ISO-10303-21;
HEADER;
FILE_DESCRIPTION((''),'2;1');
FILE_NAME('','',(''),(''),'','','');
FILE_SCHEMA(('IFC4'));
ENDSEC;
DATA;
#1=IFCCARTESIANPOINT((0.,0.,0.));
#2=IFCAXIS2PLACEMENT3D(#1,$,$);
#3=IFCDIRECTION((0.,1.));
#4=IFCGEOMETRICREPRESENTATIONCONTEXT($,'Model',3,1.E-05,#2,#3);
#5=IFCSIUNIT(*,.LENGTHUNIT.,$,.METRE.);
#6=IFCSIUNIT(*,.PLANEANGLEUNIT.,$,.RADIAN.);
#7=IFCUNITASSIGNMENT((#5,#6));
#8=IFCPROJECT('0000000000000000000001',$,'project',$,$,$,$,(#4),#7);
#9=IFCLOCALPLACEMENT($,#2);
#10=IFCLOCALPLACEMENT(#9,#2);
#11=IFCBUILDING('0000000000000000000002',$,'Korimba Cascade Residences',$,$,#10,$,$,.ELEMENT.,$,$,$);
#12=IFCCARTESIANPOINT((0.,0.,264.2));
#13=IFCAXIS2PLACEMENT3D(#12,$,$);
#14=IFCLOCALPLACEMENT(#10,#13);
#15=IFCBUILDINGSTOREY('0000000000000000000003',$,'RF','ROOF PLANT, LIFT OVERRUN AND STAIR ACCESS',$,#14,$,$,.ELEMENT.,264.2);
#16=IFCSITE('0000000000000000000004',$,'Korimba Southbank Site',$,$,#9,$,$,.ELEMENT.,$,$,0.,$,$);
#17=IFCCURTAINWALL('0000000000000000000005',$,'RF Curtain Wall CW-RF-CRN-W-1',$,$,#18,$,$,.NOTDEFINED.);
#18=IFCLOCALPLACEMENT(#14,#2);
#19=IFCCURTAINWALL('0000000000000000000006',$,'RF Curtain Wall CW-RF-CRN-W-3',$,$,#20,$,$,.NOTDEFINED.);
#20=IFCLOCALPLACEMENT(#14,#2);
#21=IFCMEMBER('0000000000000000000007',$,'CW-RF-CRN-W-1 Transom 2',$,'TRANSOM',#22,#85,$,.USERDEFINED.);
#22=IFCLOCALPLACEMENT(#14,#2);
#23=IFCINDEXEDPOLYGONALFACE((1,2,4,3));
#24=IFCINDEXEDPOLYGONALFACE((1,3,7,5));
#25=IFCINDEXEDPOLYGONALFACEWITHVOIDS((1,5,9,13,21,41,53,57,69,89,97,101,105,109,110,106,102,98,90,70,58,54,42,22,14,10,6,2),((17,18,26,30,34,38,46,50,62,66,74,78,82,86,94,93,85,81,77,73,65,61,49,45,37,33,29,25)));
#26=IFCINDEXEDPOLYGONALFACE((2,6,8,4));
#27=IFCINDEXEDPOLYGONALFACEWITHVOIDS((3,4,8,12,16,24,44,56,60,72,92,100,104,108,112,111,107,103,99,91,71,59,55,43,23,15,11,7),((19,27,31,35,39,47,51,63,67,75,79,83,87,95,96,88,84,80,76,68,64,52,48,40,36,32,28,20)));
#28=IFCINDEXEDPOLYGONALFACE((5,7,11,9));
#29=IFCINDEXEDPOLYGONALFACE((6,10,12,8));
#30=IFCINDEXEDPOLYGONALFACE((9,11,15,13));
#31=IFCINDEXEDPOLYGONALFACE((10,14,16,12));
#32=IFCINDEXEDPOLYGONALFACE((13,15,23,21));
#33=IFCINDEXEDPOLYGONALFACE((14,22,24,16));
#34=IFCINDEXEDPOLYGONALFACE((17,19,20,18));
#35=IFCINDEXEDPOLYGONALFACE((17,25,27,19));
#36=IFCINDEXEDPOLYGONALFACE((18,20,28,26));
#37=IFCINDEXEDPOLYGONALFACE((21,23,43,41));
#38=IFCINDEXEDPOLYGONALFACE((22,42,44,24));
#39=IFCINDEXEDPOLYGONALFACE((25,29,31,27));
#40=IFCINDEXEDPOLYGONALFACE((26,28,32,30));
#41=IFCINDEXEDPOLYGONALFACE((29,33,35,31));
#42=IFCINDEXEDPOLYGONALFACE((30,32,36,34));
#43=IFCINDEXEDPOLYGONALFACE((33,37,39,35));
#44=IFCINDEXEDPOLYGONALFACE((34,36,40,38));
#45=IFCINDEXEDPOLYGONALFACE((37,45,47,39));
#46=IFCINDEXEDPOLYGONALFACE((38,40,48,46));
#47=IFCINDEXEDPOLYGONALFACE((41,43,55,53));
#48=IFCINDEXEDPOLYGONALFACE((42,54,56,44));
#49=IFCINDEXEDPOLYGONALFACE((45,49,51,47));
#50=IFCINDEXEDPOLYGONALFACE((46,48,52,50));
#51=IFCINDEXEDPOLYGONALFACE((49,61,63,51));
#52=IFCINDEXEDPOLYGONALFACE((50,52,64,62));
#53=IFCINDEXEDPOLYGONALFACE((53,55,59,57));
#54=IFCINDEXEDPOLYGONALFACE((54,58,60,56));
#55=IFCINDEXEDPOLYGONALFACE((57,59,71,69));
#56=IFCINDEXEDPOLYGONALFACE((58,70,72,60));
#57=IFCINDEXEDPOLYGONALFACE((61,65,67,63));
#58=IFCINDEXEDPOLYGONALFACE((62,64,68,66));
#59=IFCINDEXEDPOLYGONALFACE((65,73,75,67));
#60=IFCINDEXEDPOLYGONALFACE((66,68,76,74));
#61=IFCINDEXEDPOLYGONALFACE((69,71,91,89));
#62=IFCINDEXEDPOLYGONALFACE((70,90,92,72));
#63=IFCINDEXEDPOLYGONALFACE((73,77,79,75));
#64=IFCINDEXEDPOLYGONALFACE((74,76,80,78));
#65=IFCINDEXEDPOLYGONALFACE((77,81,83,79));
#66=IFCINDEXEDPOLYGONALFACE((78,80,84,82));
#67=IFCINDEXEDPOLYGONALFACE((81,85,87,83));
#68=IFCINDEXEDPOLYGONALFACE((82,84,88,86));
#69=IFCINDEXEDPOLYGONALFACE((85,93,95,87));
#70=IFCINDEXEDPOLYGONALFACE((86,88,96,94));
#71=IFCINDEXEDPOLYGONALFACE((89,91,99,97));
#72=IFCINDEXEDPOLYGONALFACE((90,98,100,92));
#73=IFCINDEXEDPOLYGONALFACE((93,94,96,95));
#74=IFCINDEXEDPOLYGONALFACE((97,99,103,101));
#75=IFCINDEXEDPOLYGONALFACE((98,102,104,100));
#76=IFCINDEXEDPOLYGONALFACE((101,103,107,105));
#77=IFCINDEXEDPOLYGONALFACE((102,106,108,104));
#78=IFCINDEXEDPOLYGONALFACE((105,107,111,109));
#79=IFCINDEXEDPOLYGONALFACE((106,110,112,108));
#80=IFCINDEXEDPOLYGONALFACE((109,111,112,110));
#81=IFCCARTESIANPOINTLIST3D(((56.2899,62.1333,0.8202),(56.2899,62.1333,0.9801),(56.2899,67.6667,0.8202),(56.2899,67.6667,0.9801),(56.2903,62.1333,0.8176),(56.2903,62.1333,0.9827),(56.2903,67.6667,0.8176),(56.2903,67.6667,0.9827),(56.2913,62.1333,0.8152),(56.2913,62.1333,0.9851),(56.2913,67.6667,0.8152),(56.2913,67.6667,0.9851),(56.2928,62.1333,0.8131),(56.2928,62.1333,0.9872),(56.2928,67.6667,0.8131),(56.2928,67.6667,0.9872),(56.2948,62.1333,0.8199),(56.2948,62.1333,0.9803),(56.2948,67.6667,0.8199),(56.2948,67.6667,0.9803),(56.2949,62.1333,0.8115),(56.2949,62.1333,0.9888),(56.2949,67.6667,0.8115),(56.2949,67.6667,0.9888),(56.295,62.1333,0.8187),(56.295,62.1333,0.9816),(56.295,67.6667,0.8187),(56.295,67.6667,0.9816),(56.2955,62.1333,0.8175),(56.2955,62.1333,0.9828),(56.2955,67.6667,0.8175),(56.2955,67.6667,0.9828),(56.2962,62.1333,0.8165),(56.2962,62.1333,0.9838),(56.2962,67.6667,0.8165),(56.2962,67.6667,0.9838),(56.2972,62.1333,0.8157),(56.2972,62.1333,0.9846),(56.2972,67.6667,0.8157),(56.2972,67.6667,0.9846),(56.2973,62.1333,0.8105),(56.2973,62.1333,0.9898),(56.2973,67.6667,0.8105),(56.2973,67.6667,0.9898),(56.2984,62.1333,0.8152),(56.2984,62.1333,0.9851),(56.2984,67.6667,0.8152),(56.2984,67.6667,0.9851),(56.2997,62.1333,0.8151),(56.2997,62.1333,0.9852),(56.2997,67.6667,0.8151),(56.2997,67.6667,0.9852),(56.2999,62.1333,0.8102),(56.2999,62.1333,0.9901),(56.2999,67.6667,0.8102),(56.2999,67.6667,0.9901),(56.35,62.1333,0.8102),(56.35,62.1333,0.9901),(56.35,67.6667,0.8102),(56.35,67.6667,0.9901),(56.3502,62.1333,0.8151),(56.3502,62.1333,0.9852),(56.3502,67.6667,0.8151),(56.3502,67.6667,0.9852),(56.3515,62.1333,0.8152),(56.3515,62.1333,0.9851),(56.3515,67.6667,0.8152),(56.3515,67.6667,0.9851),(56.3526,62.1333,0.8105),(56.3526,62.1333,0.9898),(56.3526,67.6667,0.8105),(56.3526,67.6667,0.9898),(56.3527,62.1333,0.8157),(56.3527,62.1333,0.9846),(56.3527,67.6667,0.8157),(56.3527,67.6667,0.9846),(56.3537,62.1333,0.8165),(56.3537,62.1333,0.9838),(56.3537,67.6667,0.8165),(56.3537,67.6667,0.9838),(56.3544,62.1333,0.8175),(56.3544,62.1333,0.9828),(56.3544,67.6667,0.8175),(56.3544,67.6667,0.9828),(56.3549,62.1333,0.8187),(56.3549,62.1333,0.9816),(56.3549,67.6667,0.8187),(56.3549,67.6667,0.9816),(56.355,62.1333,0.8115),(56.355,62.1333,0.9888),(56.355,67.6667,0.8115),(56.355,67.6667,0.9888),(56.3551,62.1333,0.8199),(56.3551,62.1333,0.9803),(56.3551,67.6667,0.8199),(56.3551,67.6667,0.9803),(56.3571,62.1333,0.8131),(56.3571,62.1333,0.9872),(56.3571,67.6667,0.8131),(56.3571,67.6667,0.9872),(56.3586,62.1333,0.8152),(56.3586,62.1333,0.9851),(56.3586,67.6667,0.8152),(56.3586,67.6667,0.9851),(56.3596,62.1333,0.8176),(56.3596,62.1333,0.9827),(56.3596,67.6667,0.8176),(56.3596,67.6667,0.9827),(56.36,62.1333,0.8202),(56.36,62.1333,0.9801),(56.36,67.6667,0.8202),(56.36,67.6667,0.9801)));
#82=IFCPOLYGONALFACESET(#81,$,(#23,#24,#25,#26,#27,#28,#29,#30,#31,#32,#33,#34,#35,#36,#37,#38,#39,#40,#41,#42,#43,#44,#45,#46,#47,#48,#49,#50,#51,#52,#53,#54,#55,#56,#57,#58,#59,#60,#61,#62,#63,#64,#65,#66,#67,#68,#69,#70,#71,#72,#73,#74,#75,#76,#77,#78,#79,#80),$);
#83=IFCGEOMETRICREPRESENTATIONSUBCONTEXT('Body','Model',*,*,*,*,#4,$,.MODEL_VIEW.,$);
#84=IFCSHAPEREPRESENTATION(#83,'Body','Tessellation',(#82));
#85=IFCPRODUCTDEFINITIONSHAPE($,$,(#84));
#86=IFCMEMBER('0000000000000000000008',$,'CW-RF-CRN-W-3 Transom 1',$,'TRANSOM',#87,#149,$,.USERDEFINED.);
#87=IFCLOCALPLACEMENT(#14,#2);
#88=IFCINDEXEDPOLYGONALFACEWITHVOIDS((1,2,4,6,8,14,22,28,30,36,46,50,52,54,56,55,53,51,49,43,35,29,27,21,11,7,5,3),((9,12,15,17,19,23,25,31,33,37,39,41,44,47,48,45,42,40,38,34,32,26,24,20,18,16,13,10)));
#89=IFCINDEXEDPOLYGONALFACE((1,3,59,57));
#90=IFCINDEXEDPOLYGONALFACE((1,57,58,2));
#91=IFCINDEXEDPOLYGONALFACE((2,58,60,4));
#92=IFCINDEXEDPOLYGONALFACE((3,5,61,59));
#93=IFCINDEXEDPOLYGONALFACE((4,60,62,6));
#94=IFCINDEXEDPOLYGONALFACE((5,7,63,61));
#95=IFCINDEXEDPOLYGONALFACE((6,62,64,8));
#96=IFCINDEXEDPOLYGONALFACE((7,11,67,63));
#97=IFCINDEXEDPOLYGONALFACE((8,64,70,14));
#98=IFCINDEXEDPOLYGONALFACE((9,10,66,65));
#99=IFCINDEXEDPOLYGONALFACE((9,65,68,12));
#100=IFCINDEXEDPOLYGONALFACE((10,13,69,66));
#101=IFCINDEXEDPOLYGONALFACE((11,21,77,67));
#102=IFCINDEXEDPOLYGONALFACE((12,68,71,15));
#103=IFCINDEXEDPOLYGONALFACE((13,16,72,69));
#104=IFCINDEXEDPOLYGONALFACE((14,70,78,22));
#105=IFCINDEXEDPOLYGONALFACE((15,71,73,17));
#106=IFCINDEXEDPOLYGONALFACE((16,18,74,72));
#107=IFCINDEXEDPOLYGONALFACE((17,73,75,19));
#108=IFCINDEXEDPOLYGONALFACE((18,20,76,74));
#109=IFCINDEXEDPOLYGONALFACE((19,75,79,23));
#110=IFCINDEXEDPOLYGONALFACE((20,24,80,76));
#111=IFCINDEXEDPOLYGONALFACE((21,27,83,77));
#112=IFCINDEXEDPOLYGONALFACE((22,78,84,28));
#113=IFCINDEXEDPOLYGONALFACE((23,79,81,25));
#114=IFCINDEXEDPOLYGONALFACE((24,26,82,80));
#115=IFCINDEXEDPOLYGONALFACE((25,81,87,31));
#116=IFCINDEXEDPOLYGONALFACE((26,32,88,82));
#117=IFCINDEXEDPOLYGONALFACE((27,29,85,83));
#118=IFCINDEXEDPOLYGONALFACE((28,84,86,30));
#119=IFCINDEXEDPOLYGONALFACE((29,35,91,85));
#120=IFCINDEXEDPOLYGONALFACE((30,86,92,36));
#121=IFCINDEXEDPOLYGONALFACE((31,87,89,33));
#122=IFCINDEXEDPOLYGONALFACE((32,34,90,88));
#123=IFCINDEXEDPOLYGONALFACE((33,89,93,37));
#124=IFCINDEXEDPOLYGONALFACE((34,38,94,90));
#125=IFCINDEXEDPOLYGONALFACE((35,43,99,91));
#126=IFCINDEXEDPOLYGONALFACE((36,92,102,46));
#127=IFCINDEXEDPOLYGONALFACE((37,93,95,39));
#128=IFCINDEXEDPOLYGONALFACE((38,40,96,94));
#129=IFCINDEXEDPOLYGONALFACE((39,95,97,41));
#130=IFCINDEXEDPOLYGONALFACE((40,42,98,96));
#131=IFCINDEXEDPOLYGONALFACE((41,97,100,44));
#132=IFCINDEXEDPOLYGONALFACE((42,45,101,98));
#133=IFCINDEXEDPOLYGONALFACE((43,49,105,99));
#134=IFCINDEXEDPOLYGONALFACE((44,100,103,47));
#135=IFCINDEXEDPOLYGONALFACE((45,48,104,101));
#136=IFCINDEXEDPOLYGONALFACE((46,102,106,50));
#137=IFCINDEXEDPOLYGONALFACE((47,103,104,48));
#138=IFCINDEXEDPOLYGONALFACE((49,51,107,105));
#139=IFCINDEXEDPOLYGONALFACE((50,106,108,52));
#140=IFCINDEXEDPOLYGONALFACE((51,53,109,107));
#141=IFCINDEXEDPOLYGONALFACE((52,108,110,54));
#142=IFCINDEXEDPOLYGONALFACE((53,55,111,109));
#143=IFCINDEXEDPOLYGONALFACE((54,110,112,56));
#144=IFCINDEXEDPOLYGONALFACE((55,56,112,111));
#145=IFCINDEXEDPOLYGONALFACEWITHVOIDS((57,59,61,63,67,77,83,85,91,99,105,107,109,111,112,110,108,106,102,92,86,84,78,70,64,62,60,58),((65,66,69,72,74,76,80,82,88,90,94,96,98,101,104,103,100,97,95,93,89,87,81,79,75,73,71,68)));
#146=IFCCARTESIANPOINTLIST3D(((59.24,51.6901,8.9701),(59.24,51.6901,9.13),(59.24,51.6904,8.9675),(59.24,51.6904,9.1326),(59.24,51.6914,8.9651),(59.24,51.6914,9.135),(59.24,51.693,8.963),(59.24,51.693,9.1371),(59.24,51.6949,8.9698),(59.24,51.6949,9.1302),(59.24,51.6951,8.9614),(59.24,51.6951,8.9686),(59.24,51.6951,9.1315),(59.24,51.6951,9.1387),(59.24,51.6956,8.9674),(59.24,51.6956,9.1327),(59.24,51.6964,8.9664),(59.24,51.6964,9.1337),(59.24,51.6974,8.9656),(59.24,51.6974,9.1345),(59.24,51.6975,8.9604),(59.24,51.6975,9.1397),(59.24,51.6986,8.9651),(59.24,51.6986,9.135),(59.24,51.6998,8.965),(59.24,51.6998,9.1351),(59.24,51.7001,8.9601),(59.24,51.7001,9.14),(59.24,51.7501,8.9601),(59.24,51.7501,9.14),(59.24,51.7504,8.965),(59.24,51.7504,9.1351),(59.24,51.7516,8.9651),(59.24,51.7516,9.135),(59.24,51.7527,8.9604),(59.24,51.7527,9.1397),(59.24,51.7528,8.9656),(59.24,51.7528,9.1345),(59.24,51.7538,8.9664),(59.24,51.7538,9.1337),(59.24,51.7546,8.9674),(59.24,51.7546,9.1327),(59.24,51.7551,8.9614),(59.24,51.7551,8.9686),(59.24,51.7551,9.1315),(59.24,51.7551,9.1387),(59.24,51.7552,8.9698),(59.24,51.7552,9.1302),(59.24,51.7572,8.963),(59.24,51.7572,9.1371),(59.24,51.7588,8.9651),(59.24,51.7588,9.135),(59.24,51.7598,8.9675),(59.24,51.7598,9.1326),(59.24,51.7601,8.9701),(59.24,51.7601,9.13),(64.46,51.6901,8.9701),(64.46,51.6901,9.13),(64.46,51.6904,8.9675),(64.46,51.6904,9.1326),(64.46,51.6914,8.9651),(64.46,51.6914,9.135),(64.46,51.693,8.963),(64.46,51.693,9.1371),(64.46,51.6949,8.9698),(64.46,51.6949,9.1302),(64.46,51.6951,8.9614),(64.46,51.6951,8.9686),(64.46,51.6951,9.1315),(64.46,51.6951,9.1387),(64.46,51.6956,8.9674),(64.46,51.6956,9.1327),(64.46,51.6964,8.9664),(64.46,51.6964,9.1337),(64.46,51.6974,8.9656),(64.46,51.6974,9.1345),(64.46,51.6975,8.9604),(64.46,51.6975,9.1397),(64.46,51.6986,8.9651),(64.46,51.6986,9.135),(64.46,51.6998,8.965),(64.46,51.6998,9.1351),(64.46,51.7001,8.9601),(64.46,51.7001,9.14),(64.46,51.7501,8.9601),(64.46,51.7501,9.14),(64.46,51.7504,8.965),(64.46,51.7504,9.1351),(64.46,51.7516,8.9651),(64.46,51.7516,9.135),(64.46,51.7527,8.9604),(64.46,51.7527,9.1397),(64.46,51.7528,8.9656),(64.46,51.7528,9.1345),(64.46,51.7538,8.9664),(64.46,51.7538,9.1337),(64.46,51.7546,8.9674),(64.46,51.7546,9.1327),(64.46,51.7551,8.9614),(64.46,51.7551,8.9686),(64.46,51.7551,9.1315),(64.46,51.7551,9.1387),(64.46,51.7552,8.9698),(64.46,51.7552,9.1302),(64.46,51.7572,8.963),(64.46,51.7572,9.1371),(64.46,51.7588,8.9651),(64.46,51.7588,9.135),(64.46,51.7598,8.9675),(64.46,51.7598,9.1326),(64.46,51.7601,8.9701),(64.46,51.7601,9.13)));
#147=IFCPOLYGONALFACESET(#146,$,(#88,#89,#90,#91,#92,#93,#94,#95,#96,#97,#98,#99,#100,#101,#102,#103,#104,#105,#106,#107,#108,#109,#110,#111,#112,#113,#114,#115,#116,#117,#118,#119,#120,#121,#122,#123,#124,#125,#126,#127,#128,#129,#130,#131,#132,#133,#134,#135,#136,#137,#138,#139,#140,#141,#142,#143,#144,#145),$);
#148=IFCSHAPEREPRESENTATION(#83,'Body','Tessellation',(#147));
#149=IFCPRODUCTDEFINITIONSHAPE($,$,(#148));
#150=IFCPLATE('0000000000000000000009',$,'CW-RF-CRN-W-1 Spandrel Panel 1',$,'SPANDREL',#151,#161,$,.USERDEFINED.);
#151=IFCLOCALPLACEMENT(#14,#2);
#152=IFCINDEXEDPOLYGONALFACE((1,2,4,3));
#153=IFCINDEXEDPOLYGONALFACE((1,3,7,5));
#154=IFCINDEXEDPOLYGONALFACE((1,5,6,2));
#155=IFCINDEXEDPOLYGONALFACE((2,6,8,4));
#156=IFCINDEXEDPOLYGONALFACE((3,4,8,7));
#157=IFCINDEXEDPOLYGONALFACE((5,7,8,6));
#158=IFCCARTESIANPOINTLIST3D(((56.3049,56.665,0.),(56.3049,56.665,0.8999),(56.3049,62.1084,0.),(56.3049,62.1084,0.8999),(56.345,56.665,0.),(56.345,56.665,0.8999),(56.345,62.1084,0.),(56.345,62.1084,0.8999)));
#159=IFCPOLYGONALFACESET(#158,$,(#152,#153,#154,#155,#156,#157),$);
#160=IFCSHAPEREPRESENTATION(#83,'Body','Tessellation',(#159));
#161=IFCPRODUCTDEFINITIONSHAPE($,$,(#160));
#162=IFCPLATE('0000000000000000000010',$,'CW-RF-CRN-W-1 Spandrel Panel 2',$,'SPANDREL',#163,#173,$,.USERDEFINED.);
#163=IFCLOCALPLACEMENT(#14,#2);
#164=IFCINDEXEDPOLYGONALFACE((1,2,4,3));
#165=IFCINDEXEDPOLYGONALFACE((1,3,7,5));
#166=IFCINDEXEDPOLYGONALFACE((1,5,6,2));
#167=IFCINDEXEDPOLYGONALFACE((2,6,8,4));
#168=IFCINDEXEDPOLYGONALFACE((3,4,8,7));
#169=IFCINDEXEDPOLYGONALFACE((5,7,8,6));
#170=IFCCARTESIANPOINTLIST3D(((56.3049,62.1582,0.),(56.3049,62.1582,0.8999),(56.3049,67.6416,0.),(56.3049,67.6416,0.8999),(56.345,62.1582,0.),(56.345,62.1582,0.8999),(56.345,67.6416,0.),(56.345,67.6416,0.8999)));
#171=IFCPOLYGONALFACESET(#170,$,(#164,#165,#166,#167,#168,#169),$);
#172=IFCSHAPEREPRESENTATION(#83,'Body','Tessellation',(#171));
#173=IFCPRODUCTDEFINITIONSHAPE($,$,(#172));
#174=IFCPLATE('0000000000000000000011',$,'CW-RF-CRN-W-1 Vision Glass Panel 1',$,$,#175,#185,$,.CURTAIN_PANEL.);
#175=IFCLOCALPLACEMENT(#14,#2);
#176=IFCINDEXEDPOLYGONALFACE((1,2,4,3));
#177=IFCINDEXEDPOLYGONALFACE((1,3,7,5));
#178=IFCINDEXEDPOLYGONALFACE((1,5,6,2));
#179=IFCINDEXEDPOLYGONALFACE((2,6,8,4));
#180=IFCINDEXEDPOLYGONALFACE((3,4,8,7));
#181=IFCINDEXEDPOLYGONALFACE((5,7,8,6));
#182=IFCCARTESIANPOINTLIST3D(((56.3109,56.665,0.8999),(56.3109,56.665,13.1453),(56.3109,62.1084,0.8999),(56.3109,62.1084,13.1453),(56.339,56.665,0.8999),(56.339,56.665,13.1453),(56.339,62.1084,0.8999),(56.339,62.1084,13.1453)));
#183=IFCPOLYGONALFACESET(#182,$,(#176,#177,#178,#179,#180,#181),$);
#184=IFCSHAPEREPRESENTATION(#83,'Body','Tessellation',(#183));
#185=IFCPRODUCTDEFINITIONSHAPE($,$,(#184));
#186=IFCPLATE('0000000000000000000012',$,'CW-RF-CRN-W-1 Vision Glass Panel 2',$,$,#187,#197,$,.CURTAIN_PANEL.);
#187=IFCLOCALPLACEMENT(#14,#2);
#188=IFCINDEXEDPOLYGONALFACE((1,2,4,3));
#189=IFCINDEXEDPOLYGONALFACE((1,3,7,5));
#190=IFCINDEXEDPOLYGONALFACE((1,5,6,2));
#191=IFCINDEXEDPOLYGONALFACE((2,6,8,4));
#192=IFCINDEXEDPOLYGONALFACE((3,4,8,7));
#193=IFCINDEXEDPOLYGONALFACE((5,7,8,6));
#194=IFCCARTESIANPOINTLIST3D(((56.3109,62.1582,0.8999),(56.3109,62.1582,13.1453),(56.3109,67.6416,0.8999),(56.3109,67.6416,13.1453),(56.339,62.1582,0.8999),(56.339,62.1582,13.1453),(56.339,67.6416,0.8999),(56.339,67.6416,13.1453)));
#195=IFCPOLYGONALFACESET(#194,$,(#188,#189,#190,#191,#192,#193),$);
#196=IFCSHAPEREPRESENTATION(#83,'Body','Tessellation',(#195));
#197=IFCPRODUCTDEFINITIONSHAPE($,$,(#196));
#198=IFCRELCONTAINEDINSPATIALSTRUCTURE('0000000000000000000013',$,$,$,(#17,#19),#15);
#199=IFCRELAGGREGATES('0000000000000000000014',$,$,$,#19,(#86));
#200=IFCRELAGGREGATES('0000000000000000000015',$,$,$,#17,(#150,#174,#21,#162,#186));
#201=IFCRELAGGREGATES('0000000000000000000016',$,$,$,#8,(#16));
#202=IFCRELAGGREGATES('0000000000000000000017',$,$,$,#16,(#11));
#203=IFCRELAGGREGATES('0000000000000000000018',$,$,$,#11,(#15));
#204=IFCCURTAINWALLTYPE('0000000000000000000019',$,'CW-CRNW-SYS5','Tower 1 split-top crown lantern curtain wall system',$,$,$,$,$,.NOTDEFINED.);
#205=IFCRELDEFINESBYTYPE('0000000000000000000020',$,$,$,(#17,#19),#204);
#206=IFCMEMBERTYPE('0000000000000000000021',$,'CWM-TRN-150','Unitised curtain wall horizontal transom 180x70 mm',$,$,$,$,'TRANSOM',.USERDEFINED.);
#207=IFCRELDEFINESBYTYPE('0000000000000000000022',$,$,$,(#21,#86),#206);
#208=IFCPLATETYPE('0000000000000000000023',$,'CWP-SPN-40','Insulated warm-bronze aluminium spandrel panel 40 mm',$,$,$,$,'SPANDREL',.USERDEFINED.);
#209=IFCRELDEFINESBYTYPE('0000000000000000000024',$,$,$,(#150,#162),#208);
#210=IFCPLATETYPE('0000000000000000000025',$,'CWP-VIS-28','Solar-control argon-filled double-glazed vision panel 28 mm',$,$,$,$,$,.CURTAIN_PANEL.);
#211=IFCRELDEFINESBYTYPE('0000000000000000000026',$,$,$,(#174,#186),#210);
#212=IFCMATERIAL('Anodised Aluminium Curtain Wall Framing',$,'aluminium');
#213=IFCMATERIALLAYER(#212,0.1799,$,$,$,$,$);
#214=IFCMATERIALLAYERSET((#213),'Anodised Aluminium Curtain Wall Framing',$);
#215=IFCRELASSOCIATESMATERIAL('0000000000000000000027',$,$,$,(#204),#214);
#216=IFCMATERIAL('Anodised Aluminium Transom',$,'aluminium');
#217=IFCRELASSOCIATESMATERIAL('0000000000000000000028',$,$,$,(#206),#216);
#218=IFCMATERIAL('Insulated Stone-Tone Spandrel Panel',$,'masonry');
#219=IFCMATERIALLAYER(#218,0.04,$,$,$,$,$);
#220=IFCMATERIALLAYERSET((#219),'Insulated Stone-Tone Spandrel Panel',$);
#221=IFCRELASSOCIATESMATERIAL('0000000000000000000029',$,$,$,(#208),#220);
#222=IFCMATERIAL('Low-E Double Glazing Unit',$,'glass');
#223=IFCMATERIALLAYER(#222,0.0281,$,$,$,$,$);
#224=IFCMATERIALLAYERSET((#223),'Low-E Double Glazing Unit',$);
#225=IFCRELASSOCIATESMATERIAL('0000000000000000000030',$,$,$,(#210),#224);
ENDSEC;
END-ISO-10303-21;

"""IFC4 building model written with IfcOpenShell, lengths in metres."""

from ifc_helpers import new_model, si_unit, direction, frame, origin, origin_2d, place, context, subcontext, project, spatial, rectangle, hollow_rectangle, extrude, material, layer, layer_set, material_profile, profile_set, type_object, element, aggregate, save


model = new_model("IFC4")

# Units and contexts
model_context = context("Model", 3, precision=1e-05, world=origin(), true_north=direction((0.0, 1.0)))
body_context = subcontext(model_context, "Body", "Model", "MODEL_VIEW")
ifc_project = project(units=[si_unit("LENGTHUNIT", "METRE"), si_unit("PLANEANGLEUNIT", "RADIAN")], contexts=[model_context])

# Site, building, storey
site_placement = place(None, origin())
site = spatial("IfcSite", under=ifc_project, at=site_placement, Name="Korimba Southbank Site", CompositionType="ELEMENT", RefElevation=0.0)
building_placement = place(site_placement, origin())
building = spatial("IfcBuilding", under=site, at=building_placement, Name="Korimba Cascade Residences", CompositionType="ELEMENT")
storey_placement = place(building_placement, frame((0.0, 0.0, 264.2)))
storey = spatial("IfcBuildingStorey", under=building, at=storey_placement, Name="RF", Description="ROOF PLANT, LIFT OVERRUN AND STAIR ACCESS", CompositionType="ELEMENT", Elevation=264.2)

# Curtain wall
ifc_material_1 = material(Name="Anodised Aluminium Curtain Wall Framing", Category="aluminium")
ifc_layer_1 = layer(ifc_material_1, 0.1799)
ifc_layer_set_1 = layer_set([ifc_layer_1], Name="Anodised Aluminium Curtain Wall Framing")
curtain_wall_type = type_object("IfcCurtainWallType", Name="CW-CRNW-SYS5", Description="Tower 1 split-top crown lantern curtain wall system", PredefinedType="NOTDEFINED", material=ifc_layer_set_1)
curtain_wall_1_placement = place(storey_placement, origin())
curtain_wall_1 = element("IfcCurtainWall", 1, at=curtain_wall_1_placement, inside=storey, type_object=curtain_wall_type, Name="RF Curtain Wall CW-RF-CRN-W-1", PredefinedType="NOTDEFINED")

# Curtain wall
curtain_wall_2_placement = place(storey_placement, origin())
curtain_wall_2 = element("IfcCurtainWall", 2, at=curtain_wall_2_placement, inside=storey, type_object=curtain_wall_type, Name="RF Curtain Wall CW-RF-CRN-W-3", PredefinedType="NOTDEFINED")

# Members
ifc_material_2 = material(Name="Anodised Aluminium Transom", Category="aluminium")
ifc_material_profile_1 = material_profile(ifc_material_2, hollow_rectangle(XDim=0.0701, YDim=0.1799, WallThickness=0.0049, InnerFilletRadius=0.0049, OuterFilletRadius=0.01, at=origin_2d()), Name="Anodised Aluminium Transom")
ifc_profile_set_1 = profile_set([ifc_material_profile_1], Name="Anodised Aluminium Transom")
member_type_1 = type_object("IfcMemberType", Name="CWM-TRN-150", Description="Unitised curtain wall horizontal transom 180x70 mm", ElementType="TRANSOM", PredefinedType="USERDEFINED", material=ifc_profile_set_1)
member_1_placement = place(storey_placement, frame((56.325, 62.1333, 0.9001), z_axis=(0.0, 1.0, 0.0), x_axis=(-1.0, 0.0, 0.0)))
member_1 = element("IfcMember", 3, at=member_1_placement, type_object=member_type_1, Name="CW-RF-CRN-W-1 Transom 2", ObjectType="TRANSOM", PredefinedType="USERDEFINED", context=body_context, shape_type="SweptSolid", body=[
    extrude(hollow_rectangle(XDim=0.0701, YDim=0.1799, WallThickness=0.0049, InnerFilletRadius=0.0049, OuterFilletRadius=0.01, at=origin_2d()), origin(), (0.0, 0.0, 1.0), 5.5334),
])
member_2_placement = place(storey_placement, frame((59.24, 51.7251, 9.05), z_axis=(1.0, 0.0, 0.0), x_axis=(0.0, 1.0, 0.0)))
member_2 = element("IfcMember", 4, at=member_2_placement, type_object=member_type_1, Name="CW-RF-CRN-W-3 Transom 1", ObjectType="TRANSOM", PredefinedType="USERDEFINED", context=body_context, shape_type="SweptSolid", body=[
    extrude(hollow_rectangle(XDim=0.0701, YDim=0.1799, WallThickness=0.0049, InnerFilletRadius=0.0049, OuterFilletRadius=0.01, at=origin_2d()), origin(), (0.0, 0.0, 1.0), 5.22),
])
aggregate(curtain_wall_2, [member_2])

# Plates
ifc_material_3 = material(Name="Insulated Stone-Tone Spandrel Panel", Category="masonry")
ifc_layer_2 = layer(ifc_material_3, 0.04)
ifc_layer_set_2 = layer_set([ifc_layer_2], Name="Insulated Stone-Tone Spandrel Panel")
plate_type_1 = type_object("IfcPlateType", Name="CWP-SPN-40", Description="Insulated warm-bronze aluminium spandrel panel 40 mm", ElementType="SPANDREL", PredefinedType="USERDEFINED", material=ifc_layer_set_2)
plate_1_placement = place(storey_placement, frame((56.325, 59.3867, 0.0), z_axis=(0.0, 0.0, 1.0), x_axis=(0.0, 1.0, 0.0)))
plate_1 = element("IfcPlate", 5, at=plate_1_placement, type_object=plate_type_1, Name="CW-RF-CRN-W-1 Spandrel Panel 1", ObjectType="SPANDREL", PredefinedType="USERDEFINED", context=body_context, shape_type="SweptSolid", body=[
    extrude(rectangle(XDim=5.4434, YDim=0.04, at=origin_2d()), origin(), (0.0, 0.0, 1.0), 0.8999),
])
plate_2_placement = place(storey_placement, frame((56.325, 64.8999, 0.0), z_axis=(0.0, 0.0, 1.0), x_axis=(0.0, 1.0, 0.0)))
plate_2 = element("IfcPlate", 6, at=plate_2_placement, type_object=plate_type_1, Name="CW-RF-CRN-W-1 Spandrel Panel 2", ObjectType="SPANDREL", PredefinedType="USERDEFINED", context=body_context, shape_type="SweptSolid", body=[
    extrude(rectangle(XDim=5.4834, YDim=0.04, at=origin_2d()), origin(), (0.0, 0.0, 1.0), 0.8999),
])
ifc_material_4 = material(Name="Low-E Double Glazing Unit", Category="glass")
ifc_layer_3 = layer(ifc_material_4, 0.0281)
ifc_layer_set_3 = layer_set([ifc_layer_3], Name="Low-E Double Glazing Unit")
plate_type_2 = type_object("IfcPlateType", Name="CWP-VIS-28", Description="Solar-control argon-filled double-glazed vision panel 28 mm", PredefinedType="CURTAIN_PANEL", material=ifc_layer_set_3)
plate_3_placement = place(storey_placement, frame((56.325, 59.3867, 0.8999), z_axis=(0.0, 0.0, 1.0), x_axis=(0.0, 1.0, 0.0)))
plate_3 = element("IfcPlate", 7, at=plate_3_placement, type_object=plate_type_2, Name="CW-RF-CRN-W-1 Vision Glass Panel 1", PredefinedType="CURTAIN_PANEL", context=body_context, shape_type="SweptSolid", body=[
    extrude(rectangle(XDim=5.4434, YDim=0.0281, at=origin_2d()), origin(), (0.0, 0.0, 1.0), 12.2454),
])
plate_4_placement = place(storey_placement, frame((56.325, 64.8999, 0.8999), z_axis=(0.0, 0.0, 1.0), x_axis=(0.0, 1.0, 0.0)))
plate_4 = element("IfcPlate", 8, at=plate_4_placement, type_object=plate_type_2, Name="CW-RF-CRN-W-1 Vision Glass Panel 2", PredefinedType="CURTAIN_PANEL", context=body_context, shape_type="SweptSolid", body=[
    extrude(rectangle(XDim=5.4834, YDim=0.0281, at=origin_2d()), origin(), (0.0, 0.0, 1.0), 12.2454),
])
aggregate(curtain_wall_1, [plate_1, plate_3, member_1, plate_2, plate_4])

save(model, "model.ifc")
